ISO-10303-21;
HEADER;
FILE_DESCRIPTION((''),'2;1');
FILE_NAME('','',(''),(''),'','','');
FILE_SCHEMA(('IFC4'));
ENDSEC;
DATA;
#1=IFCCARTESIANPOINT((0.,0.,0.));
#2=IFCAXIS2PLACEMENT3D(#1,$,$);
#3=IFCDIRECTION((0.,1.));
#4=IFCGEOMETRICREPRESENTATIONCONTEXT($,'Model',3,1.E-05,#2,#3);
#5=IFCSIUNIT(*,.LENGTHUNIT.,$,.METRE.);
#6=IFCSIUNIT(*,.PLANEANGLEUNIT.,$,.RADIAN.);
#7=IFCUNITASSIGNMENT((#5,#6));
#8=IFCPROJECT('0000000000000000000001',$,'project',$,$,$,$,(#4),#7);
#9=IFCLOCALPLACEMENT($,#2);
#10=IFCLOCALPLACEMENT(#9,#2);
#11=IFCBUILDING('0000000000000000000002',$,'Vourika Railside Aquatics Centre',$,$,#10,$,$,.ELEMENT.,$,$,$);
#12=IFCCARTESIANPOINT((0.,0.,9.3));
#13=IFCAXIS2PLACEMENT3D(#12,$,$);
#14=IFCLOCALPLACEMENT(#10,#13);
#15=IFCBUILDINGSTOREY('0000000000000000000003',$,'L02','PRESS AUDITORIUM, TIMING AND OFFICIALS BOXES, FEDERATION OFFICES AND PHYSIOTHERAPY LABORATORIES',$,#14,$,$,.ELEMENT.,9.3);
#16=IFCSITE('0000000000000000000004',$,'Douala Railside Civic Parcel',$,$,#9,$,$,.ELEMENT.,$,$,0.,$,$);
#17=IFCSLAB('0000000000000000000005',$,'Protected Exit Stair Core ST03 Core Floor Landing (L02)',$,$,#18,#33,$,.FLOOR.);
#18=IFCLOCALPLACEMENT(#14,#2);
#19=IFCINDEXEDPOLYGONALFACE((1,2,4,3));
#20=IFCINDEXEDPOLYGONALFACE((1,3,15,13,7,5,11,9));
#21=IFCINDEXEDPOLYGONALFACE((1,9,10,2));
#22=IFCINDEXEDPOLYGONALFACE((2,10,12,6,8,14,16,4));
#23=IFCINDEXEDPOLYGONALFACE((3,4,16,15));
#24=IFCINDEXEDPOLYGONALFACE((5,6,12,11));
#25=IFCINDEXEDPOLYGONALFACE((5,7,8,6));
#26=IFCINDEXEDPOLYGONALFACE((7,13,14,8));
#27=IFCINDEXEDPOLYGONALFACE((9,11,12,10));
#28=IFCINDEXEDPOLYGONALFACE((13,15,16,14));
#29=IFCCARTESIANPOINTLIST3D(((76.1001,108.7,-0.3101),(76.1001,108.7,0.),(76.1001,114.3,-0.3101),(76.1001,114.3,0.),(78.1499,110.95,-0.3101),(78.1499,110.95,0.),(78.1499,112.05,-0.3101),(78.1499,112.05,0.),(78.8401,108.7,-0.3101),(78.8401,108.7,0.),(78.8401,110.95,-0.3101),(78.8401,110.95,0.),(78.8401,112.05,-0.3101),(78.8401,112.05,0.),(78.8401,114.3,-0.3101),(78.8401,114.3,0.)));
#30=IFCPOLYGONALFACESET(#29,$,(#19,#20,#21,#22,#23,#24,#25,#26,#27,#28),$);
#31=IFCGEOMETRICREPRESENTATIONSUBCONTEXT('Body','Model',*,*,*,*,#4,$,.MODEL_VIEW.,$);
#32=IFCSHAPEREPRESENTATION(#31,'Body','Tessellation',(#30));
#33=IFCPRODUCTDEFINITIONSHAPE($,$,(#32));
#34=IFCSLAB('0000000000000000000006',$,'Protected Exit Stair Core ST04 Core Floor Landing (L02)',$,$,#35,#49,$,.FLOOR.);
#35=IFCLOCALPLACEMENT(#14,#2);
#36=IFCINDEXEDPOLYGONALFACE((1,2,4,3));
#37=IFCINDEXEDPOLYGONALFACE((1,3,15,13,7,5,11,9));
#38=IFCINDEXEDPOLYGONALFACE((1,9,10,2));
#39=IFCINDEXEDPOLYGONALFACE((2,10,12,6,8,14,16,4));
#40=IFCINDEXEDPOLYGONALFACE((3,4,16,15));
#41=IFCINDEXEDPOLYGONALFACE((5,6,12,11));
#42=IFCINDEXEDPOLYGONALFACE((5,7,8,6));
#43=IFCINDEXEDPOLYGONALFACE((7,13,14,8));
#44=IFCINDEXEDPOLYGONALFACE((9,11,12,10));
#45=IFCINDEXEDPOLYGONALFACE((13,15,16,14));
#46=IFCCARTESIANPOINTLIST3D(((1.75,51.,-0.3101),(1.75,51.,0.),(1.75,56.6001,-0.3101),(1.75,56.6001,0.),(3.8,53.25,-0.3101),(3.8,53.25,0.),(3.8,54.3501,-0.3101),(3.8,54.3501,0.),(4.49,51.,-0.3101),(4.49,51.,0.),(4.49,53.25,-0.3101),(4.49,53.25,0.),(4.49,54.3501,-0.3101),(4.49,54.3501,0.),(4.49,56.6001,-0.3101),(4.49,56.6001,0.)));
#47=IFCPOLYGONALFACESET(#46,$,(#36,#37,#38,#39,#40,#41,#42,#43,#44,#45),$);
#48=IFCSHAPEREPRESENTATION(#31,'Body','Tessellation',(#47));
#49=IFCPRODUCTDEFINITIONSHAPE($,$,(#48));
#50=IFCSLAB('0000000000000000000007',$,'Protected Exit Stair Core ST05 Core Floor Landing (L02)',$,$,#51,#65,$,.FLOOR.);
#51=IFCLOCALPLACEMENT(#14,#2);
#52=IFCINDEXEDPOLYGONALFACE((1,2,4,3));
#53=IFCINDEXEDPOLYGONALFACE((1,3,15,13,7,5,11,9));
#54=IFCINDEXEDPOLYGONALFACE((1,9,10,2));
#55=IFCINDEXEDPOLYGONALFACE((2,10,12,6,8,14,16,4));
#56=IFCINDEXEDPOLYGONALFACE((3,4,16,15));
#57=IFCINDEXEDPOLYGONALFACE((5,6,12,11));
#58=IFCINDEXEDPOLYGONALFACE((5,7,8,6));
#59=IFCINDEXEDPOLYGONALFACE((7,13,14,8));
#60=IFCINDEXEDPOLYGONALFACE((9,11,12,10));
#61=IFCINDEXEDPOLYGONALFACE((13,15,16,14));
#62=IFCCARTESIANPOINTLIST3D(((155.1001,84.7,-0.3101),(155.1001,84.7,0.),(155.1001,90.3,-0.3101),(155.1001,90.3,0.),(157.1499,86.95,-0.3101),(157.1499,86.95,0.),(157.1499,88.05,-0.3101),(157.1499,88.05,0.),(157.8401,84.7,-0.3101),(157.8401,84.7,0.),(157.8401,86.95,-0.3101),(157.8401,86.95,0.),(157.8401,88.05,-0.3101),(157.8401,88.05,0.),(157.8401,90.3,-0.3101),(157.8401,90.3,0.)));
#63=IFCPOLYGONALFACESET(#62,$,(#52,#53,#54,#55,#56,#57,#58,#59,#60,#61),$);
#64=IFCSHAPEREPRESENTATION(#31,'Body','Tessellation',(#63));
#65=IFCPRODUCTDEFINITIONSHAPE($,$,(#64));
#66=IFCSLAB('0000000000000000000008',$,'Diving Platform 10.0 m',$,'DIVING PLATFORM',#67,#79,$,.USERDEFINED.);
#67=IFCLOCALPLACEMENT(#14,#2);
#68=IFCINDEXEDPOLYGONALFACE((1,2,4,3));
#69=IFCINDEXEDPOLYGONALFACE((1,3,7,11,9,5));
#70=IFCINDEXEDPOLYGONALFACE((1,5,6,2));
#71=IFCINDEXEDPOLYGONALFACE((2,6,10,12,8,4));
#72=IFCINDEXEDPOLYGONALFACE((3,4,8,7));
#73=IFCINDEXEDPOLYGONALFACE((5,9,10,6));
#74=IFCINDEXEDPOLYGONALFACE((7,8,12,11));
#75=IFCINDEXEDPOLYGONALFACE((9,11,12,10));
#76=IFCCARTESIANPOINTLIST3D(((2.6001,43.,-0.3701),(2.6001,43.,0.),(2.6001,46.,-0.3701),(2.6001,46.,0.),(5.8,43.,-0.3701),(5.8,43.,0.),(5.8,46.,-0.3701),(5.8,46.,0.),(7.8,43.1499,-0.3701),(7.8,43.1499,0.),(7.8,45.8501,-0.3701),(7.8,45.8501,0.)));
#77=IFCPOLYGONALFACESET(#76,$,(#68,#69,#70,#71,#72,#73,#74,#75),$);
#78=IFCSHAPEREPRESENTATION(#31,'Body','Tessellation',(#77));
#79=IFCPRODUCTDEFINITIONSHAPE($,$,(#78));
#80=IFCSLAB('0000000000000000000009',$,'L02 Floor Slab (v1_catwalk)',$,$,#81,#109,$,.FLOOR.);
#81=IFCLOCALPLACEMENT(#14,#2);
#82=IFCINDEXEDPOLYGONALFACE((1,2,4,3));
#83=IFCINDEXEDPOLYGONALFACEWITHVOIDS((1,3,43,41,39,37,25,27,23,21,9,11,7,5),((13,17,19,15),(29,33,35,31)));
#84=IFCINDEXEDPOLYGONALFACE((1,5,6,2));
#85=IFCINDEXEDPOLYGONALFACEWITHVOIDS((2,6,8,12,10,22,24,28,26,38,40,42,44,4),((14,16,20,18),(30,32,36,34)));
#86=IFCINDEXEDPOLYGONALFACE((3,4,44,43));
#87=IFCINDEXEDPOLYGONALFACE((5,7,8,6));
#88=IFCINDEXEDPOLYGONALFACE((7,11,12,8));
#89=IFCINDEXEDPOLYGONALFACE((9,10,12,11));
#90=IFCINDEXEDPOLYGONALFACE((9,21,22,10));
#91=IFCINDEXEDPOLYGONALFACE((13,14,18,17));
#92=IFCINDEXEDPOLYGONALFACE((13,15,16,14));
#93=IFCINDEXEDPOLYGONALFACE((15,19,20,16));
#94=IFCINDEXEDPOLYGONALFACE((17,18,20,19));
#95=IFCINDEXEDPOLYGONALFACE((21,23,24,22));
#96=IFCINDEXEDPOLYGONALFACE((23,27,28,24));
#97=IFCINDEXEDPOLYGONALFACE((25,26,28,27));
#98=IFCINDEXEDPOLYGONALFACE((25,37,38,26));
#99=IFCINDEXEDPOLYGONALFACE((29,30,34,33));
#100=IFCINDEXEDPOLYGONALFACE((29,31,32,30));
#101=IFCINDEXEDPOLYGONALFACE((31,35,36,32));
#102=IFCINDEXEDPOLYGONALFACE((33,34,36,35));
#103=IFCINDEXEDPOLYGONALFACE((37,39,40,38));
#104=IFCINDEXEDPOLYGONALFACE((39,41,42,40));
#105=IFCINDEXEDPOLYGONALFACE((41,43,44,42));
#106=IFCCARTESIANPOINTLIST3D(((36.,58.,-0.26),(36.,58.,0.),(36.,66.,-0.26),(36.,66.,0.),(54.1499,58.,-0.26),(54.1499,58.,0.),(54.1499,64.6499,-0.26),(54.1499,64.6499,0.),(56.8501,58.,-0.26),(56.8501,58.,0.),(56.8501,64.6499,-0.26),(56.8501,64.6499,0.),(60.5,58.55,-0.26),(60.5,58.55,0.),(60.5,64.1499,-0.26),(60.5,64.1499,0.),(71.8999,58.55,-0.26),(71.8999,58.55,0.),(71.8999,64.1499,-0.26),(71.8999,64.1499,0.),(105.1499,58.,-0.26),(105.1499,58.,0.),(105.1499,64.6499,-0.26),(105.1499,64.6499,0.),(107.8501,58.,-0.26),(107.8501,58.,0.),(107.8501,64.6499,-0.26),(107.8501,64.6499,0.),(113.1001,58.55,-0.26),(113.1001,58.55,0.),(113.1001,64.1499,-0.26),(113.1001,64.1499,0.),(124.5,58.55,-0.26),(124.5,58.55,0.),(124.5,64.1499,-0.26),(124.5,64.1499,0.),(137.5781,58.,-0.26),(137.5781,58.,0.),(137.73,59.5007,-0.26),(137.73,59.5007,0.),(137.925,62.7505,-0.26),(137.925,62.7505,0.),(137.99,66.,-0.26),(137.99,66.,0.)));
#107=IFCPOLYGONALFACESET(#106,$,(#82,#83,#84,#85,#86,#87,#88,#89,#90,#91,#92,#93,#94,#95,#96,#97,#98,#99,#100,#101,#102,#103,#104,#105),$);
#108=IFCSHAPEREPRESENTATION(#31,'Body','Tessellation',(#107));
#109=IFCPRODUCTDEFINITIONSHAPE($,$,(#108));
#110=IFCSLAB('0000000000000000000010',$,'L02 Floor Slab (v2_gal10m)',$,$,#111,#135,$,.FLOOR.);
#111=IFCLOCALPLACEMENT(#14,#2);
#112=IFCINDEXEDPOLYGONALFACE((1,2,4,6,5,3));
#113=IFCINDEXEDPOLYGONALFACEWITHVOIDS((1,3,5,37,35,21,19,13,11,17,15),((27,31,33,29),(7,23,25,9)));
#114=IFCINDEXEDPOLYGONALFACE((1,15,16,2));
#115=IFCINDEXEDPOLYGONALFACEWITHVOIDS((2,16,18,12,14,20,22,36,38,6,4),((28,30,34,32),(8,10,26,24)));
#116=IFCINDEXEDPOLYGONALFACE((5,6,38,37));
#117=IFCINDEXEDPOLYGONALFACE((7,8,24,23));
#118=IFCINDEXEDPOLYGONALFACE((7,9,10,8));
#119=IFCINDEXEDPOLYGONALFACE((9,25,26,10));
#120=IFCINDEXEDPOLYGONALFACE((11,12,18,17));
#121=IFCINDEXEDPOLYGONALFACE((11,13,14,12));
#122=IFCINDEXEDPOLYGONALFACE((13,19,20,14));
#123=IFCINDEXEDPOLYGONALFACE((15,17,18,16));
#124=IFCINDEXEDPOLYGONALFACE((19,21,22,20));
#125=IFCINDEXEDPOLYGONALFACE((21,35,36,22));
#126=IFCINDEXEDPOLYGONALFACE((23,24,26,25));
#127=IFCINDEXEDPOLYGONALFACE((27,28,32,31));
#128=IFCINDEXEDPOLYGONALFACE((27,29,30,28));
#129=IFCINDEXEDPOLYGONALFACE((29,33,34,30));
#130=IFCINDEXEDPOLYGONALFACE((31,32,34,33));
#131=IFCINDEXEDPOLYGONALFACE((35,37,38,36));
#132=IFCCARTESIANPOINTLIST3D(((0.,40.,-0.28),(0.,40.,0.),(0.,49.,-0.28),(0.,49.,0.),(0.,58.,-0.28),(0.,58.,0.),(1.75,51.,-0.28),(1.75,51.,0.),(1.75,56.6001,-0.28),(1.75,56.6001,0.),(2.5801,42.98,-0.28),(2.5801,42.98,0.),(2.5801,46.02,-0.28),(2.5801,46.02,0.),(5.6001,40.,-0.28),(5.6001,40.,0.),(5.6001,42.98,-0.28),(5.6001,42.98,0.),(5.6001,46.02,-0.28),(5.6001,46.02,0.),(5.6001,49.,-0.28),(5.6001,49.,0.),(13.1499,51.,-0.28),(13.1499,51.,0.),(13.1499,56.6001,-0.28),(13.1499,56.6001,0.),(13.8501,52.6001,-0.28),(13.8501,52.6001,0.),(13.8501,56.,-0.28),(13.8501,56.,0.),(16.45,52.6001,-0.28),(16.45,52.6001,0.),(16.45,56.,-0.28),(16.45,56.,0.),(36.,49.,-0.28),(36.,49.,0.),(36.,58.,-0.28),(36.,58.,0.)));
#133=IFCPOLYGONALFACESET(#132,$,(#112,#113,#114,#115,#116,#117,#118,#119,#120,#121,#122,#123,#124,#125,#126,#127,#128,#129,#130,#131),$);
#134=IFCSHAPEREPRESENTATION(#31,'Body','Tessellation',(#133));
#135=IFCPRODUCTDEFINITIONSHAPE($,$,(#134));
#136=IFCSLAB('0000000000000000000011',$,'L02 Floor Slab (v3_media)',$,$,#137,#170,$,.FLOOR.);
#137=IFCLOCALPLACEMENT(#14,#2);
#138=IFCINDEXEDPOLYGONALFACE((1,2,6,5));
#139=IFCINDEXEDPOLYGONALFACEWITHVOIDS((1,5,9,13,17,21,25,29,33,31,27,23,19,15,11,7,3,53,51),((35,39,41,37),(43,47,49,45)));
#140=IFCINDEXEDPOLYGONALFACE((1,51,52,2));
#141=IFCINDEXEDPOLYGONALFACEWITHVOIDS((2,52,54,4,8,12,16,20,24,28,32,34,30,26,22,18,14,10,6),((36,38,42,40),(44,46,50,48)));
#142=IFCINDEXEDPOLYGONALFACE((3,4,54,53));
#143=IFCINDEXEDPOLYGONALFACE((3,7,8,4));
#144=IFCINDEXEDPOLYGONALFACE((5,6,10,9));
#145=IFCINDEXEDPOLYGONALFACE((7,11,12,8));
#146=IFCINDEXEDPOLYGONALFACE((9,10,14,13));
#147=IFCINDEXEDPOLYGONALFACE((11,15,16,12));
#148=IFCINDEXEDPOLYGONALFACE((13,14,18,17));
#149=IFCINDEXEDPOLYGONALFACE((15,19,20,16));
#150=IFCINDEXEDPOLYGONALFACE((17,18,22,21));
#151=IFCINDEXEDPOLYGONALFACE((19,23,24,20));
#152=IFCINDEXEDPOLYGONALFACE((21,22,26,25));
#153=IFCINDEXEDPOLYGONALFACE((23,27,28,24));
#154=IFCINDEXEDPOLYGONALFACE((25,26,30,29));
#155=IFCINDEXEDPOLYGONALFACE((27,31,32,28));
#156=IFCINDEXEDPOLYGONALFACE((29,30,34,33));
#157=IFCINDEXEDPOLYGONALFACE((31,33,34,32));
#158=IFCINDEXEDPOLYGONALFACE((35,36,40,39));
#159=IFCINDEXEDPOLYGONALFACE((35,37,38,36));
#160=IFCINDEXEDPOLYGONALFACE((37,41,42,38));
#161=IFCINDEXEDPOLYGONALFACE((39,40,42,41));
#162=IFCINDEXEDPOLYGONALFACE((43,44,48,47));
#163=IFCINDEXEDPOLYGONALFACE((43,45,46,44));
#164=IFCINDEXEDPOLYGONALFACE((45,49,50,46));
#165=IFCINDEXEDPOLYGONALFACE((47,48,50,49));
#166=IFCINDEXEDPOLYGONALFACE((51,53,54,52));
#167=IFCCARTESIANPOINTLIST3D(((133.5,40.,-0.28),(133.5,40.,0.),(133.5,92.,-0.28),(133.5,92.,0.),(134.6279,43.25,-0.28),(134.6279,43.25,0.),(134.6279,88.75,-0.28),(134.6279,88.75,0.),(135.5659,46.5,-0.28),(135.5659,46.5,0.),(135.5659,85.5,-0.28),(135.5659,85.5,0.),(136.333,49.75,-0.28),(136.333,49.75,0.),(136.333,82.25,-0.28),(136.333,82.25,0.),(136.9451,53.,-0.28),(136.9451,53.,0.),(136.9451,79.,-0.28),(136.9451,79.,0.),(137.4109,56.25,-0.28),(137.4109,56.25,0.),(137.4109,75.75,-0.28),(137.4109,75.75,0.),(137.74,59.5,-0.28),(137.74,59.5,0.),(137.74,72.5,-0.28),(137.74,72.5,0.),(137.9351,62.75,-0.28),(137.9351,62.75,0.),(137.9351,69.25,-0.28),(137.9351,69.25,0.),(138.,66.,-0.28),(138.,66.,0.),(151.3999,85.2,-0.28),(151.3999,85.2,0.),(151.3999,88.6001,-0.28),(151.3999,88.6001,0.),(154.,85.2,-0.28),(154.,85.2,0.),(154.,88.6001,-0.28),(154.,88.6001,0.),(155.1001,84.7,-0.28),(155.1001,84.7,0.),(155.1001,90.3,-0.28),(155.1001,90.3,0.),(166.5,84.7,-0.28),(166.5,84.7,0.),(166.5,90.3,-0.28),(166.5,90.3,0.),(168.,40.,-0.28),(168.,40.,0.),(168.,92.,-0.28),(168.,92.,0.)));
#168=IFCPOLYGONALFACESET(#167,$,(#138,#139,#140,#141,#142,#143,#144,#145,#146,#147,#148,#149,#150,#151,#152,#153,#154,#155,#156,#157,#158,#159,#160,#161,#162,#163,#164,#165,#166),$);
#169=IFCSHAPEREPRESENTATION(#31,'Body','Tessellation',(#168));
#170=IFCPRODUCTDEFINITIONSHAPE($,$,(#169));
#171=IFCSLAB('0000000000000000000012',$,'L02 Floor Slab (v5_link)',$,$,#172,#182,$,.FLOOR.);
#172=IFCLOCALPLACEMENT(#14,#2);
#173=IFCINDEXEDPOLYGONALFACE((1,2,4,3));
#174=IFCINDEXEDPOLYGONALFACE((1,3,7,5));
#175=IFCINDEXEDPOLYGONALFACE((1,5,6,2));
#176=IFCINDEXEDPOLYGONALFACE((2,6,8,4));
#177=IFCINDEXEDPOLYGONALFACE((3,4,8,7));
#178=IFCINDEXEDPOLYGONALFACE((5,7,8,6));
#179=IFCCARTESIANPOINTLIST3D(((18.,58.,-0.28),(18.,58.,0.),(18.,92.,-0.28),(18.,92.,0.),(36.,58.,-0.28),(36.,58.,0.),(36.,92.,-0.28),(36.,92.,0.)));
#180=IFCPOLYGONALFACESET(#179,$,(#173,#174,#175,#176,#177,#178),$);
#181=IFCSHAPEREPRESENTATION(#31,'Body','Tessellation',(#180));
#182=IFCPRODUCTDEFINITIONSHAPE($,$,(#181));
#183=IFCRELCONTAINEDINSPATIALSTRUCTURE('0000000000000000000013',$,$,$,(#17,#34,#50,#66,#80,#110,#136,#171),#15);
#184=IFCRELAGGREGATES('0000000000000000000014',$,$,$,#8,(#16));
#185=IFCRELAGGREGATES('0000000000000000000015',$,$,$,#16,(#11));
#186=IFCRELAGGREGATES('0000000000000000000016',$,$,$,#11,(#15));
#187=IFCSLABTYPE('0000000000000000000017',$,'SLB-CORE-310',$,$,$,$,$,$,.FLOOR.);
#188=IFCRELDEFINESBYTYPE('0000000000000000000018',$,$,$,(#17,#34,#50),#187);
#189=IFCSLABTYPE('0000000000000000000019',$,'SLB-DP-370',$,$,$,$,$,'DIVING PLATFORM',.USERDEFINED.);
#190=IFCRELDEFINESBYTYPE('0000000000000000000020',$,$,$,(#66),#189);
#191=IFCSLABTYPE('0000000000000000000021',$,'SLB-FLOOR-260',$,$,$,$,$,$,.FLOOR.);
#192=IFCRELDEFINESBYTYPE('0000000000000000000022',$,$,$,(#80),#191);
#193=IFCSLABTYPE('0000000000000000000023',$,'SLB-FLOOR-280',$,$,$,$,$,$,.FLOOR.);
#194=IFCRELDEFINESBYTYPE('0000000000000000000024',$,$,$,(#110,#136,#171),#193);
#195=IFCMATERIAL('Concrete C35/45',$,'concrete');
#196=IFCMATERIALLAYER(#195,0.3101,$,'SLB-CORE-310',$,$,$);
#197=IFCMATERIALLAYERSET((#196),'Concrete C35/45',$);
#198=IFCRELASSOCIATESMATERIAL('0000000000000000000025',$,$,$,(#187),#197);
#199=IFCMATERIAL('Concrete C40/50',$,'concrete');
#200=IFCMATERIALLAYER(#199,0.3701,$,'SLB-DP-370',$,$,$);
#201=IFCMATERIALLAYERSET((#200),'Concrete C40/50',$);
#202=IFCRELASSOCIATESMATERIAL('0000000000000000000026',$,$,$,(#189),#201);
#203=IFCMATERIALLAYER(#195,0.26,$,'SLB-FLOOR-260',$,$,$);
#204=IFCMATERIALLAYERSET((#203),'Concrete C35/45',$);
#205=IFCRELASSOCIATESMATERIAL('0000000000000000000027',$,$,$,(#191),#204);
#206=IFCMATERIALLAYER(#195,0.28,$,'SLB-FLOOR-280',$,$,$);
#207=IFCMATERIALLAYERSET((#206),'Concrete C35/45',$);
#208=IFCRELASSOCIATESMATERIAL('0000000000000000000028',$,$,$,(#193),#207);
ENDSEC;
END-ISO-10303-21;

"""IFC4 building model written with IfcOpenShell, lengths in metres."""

from ifc_helpers import new_model, si_unit, direction, frame, origin, place, context, subcontext, project, spatial, polyline, outline, extrude, material, layer, layer_set, type_object, element, save


model = new_model("IFC4")

# Units and contexts
model_context = context("Model", 3, precision=1e-05, world=origin(), true_north=direction((0.0, 1.0)))
body_context = subcontext(model_context, "Body", "Model", "MODEL_VIEW")
ifc_project = project(units=[si_unit("LENGTHUNIT", "METRE"), si_unit("PLANEANGLEUNIT", "RADIAN")], contexts=[model_context])

# Site, building, storey
site_placement = place(None, origin())
site = spatial("IfcSite", under=ifc_project, at=site_placement, Name="Douala Railside Civic Parcel", CompositionType="ELEMENT", RefElevation=0.0)
building_placement = place(site_placement, origin())
building = spatial("IfcBuilding", under=site, at=building_placement, Name="Vourika Railside Aquatics Centre", CompositionType="ELEMENT")
storey_placement = place(building_placement, frame((0.0, 0.0, 9.3)))
storey = spatial("IfcBuildingStorey", under=building, at=storey_placement, Name="L02", Description="PRESS AUDITORIUM, TIMING AND OFFICIALS BOXES, FEDERATION OFFICES AND PHYSIOTHERAPY LABORATORIES", CompositionType="ELEMENT", Elevation=9.3)

# Shared definitions
ifc_material_1 = material(Name="Concrete C35/45", Category="concrete")

# Slabs
ifc_layer_1 = layer(ifc_material_1, 0.3101, Name="SLB-CORE-310")
ifc_layer_set_1 = layer_set([ifc_layer_1], Name="Concrete C35/45")
slab_type_1 = type_object("IfcSlabType", Name="SLB-CORE-310", PredefinedType="FLOOR", material=ifc_layer_set_1)
slab_1_placement = place(storey_placement, frame((0.0, 0.0, -0.3101)))
element("IfcSlab", 1, at=slab_1_placement, inside=storey, type_object=slab_type_1, Name="Protected Exit Stair Core ST03 Core Floor Landing (L02)", PredefinedType="FLOOR", context=body_context, shape_type="SweptSolid", body=[
    extrude(outline(polyline([(76.1001, 108.7), (78.8401, 108.7), (78.8401, 110.95), (78.1499, 110.95), (78.1499, 112.05), (78.8401, 112.05), (78.8401, 114.3), (76.1001, 114.3), (76.1001, 108.7)])), origin(), (0.0, 0.0, 1.0), 0.3101),
])
slab_2_placement = place(storey_placement, frame((0.0, 0.0, -0.3101)))
element("IfcSlab", 2, at=slab_2_placement, inside=storey, type_object=slab_type_1, Name="Protected Exit Stair Core ST04 Core Floor Landing (L02)", PredefinedType="FLOOR", context=body_context, shape_type="SweptSolid", body=[
    extrude(outline(polyline([(1.75, 51.0), (4.49, 51.0), (4.49, 53.25), (3.8, 53.25), (3.8, 54.3501), (4.49, 54.3501), (4.49, 56.6001), (1.75, 56.6001), (1.75, 51.0)])), origin(), (0.0, 0.0, 1.0), 0.3101),
])
slab_3_placement = place(storey_placement, frame((0.0, 0.0, -0.3101)))
element("IfcSlab", 3, at=slab_3_placement, inside=storey, type_object=slab_type_1, Name="Protected Exit Stair Core ST05 Core Floor Landing (L02)", PredefinedType="FLOOR", context=body_context, shape_type="SweptSolid", body=[
    extrude(outline(polyline([(155.1001, 84.7), (157.8401, 84.7), (157.8401, 86.95), (157.1499, 86.95), (157.1499, 88.05), (157.8401, 88.05), (157.8401, 90.3), (155.1001, 90.3), (155.1001, 84.7)])), origin(), (0.0, 0.0, 1.0), 0.3101),
])
ifc_material_2 = material(Name="Concrete C40/50", Category="concrete")
ifc_layer_2 = layer(ifc_material_2, 0.3701, Name="SLB-DP-370")
ifc_layer_set_2 = layer_set([ifc_layer_2], Name="Concrete C40/50")
slab_type_2 = type_object("IfcSlabType", Name="SLB-DP-370", ElementType="DIVING PLATFORM", PredefinedType="USERDEFINED", material=ifc_layer_set_2)
slab_4_placement = place(storey_placement, frame((0.0, 0.0, -0.3701)))
element("IfcSlab", 4, at=slab_4_placement, inside=storey, type_object=slab_type_2, Name="Diving Platform 10.0 m", ObjectType="DIVING PLATFORM", PredefinedType="USERDEFINED", context=body_context, shape_type="SweptSolid", body=[
    extrude(outline(polyline([(2.6001, 43.0), (5.8, 43.0), (7.8, 43.1499), (7.8, 45.8501), (5.8, 46.0), (2.6001, 46.0), (2.6001, 43.0)])), origin(), (0.0, 0.0, 1.0), 0.3701),
])
ifc_layer_3 = layer(ifc_material_1, 0.26, Name="SLB-FLOOR-260")
ifc_layer_set_3 = layer_set([ifc_layer_3], Name="Concrete C35/45")
slab_type_3 = type_object("IfcSlabType", Name="SLB-FLOOR-260", PredefinedType="FLOOR", material=ifc_layer_set_3)
slab_5_placement = place(storey_placement, frame((0.0, 0.0, -0.26)))
element("IfcSlab", 5, at=slab_5_placement, inside=storey, type_object=slab_type_3, Name="L02 Floor Slab (v1_catwalk)", PredefinedType="FLOOR", context=body_context, shape_type="SweptSolid", body=[
    extrude(outline(polyline([(137.925, 62.7505), (137.73, 59.5007), (137.5781, 58.0), (107.8501, 58.0), (107.8501, 64.6499), (105.1499, 64.6499), (105.1499, 58.0), (56.8501, 58.0), (56.8501, 64.6499), (54.1499, 64.6499), (54.1499, 58.0), (36.0, 58.0), (36.0, 66.0), (137.99, 66.0), (137.925, 62.7505)]), holes=[polyline([(71.8999, 64.1499), (60.5, 64.1499), (60.5, 58.55), (71.8999, 58.55), (71.8999, 64.1499)]), polyline([(124.5, 64.1499), (113.1001, 64.1499), (113.1001, 58.55), (124.5, 58.55), (124.5, 64.1499)])]), origin(), (0.0, 0.0, 1.0), 0.26),
])
ifc_layer_4 = layer(ifc_material_1, 0.28, Name="SLB-FLOOR-280")
ifc_layer_set_4 = layer_set([ifc_layer_4], Name="Concrete C35/45")
slab_type_4 = type_object("IfcSlabType", Name="SLB-FLOOR-280", PredefinedType="FLOOR", material=ifc_layer_set_4)
slab_6_placement = place(storey_placement, frame((0.0, 0.0, -0.28)))
element("IfcSlab", 6, at=slab_6_placement, inside=storey, type_object=slab_type_4, Name="L02 Floor Slab (v2_gal10m)", PredefinedType="FLOOR", context=body_context, shape_type="SweptSolid", body=[
    extrude(outline(polyline([(0.0, 49.0), (0.0, 58.0), (36.0, 58.0), (36.0, 49.0), (5.6001, 49.0), (5.6001, 46.02), (2.5801, 46.02), (2.5801, 42.98), (5.6001, 42.98), (5.6001, 40.0), (0.0, 40.0), (0.0, 49.0)]), holes=[polyline([(1.75, 56.6001), (1.75, 51.0), (13.1499, 51.0), (13.1499, 56.6001), (1.75, 56.6001)]), polyline([(13.8501, 56.0), (13.8501, 52.6001), (16.45, 52.6001), (16.45, 56.0), (13.8501, 56.0)])]), origin(), (0.0, 0.0, 1.0), 0.28),
])
slab_7_placement = place(storey_placement, frame((0.0, 0.0, -0.28)))
element("IfcSlab", 7, at=slab_7_placement, inside=storey, type_object=slab_type_4, Name="L02 Floor Slab (v3_media)", PredefinedType="FLOOR", context=body_context, shape_type="SweptSolid", body=[
    extrude(outline(polyline([(134.6279, 43.25), (135.5659, 46.5), (136.333, 49.75), (136.9451, 53.0), (137.4109, 56.25), (137.74, 59.5), (137.9351, 62.75), (138.0, 66.0), (137.9351, 69.25), (137.74, 72.5), (137.4109, 75.75), (136.9451, 79.0), (136.333, 82.25), (135.5659, 85.5), (134.6279, 88.75), (133.5, 92.0), (168.0, 92.0), (168.0, 40.0), (133.5, 40.0), (134.6279, 43.25)]), holes=[polyline([(151.3999, 88.6001), (151.3999, 85.2), (154.0, 85.2), (154.0, 88.6001), (151.3999, 88.6001)]), polyline([(166.5, 90.3), (155.1001, 90.3), (155.1001, 84.7), (166.5, 84.7), (166.5, 90.3)])]), origin(), (0.0, 0.0, 1.0), 0.28),
])
slab_8_placement = place(storey_placement, frame((0.0, 0.0, -0.28)))
element("IfcSlab", 8, at=slab_8_placement, inside=storey, type_object=slab_type_4, Name="L02 Floor Slab (v5_link)", PredefinedType="FLOOR", context=body_context, shape_type="SweptSolid", body=[
    extrude(outline(polyline([(18.0, 58.0), (18.0, 92.0), (36.0, 92.0), (36.0, 58.0), (18.0, 58.0)])), origin(), (0.0, 0.0, 1.0), 0.28),
])

save(model, "model.ifc")
